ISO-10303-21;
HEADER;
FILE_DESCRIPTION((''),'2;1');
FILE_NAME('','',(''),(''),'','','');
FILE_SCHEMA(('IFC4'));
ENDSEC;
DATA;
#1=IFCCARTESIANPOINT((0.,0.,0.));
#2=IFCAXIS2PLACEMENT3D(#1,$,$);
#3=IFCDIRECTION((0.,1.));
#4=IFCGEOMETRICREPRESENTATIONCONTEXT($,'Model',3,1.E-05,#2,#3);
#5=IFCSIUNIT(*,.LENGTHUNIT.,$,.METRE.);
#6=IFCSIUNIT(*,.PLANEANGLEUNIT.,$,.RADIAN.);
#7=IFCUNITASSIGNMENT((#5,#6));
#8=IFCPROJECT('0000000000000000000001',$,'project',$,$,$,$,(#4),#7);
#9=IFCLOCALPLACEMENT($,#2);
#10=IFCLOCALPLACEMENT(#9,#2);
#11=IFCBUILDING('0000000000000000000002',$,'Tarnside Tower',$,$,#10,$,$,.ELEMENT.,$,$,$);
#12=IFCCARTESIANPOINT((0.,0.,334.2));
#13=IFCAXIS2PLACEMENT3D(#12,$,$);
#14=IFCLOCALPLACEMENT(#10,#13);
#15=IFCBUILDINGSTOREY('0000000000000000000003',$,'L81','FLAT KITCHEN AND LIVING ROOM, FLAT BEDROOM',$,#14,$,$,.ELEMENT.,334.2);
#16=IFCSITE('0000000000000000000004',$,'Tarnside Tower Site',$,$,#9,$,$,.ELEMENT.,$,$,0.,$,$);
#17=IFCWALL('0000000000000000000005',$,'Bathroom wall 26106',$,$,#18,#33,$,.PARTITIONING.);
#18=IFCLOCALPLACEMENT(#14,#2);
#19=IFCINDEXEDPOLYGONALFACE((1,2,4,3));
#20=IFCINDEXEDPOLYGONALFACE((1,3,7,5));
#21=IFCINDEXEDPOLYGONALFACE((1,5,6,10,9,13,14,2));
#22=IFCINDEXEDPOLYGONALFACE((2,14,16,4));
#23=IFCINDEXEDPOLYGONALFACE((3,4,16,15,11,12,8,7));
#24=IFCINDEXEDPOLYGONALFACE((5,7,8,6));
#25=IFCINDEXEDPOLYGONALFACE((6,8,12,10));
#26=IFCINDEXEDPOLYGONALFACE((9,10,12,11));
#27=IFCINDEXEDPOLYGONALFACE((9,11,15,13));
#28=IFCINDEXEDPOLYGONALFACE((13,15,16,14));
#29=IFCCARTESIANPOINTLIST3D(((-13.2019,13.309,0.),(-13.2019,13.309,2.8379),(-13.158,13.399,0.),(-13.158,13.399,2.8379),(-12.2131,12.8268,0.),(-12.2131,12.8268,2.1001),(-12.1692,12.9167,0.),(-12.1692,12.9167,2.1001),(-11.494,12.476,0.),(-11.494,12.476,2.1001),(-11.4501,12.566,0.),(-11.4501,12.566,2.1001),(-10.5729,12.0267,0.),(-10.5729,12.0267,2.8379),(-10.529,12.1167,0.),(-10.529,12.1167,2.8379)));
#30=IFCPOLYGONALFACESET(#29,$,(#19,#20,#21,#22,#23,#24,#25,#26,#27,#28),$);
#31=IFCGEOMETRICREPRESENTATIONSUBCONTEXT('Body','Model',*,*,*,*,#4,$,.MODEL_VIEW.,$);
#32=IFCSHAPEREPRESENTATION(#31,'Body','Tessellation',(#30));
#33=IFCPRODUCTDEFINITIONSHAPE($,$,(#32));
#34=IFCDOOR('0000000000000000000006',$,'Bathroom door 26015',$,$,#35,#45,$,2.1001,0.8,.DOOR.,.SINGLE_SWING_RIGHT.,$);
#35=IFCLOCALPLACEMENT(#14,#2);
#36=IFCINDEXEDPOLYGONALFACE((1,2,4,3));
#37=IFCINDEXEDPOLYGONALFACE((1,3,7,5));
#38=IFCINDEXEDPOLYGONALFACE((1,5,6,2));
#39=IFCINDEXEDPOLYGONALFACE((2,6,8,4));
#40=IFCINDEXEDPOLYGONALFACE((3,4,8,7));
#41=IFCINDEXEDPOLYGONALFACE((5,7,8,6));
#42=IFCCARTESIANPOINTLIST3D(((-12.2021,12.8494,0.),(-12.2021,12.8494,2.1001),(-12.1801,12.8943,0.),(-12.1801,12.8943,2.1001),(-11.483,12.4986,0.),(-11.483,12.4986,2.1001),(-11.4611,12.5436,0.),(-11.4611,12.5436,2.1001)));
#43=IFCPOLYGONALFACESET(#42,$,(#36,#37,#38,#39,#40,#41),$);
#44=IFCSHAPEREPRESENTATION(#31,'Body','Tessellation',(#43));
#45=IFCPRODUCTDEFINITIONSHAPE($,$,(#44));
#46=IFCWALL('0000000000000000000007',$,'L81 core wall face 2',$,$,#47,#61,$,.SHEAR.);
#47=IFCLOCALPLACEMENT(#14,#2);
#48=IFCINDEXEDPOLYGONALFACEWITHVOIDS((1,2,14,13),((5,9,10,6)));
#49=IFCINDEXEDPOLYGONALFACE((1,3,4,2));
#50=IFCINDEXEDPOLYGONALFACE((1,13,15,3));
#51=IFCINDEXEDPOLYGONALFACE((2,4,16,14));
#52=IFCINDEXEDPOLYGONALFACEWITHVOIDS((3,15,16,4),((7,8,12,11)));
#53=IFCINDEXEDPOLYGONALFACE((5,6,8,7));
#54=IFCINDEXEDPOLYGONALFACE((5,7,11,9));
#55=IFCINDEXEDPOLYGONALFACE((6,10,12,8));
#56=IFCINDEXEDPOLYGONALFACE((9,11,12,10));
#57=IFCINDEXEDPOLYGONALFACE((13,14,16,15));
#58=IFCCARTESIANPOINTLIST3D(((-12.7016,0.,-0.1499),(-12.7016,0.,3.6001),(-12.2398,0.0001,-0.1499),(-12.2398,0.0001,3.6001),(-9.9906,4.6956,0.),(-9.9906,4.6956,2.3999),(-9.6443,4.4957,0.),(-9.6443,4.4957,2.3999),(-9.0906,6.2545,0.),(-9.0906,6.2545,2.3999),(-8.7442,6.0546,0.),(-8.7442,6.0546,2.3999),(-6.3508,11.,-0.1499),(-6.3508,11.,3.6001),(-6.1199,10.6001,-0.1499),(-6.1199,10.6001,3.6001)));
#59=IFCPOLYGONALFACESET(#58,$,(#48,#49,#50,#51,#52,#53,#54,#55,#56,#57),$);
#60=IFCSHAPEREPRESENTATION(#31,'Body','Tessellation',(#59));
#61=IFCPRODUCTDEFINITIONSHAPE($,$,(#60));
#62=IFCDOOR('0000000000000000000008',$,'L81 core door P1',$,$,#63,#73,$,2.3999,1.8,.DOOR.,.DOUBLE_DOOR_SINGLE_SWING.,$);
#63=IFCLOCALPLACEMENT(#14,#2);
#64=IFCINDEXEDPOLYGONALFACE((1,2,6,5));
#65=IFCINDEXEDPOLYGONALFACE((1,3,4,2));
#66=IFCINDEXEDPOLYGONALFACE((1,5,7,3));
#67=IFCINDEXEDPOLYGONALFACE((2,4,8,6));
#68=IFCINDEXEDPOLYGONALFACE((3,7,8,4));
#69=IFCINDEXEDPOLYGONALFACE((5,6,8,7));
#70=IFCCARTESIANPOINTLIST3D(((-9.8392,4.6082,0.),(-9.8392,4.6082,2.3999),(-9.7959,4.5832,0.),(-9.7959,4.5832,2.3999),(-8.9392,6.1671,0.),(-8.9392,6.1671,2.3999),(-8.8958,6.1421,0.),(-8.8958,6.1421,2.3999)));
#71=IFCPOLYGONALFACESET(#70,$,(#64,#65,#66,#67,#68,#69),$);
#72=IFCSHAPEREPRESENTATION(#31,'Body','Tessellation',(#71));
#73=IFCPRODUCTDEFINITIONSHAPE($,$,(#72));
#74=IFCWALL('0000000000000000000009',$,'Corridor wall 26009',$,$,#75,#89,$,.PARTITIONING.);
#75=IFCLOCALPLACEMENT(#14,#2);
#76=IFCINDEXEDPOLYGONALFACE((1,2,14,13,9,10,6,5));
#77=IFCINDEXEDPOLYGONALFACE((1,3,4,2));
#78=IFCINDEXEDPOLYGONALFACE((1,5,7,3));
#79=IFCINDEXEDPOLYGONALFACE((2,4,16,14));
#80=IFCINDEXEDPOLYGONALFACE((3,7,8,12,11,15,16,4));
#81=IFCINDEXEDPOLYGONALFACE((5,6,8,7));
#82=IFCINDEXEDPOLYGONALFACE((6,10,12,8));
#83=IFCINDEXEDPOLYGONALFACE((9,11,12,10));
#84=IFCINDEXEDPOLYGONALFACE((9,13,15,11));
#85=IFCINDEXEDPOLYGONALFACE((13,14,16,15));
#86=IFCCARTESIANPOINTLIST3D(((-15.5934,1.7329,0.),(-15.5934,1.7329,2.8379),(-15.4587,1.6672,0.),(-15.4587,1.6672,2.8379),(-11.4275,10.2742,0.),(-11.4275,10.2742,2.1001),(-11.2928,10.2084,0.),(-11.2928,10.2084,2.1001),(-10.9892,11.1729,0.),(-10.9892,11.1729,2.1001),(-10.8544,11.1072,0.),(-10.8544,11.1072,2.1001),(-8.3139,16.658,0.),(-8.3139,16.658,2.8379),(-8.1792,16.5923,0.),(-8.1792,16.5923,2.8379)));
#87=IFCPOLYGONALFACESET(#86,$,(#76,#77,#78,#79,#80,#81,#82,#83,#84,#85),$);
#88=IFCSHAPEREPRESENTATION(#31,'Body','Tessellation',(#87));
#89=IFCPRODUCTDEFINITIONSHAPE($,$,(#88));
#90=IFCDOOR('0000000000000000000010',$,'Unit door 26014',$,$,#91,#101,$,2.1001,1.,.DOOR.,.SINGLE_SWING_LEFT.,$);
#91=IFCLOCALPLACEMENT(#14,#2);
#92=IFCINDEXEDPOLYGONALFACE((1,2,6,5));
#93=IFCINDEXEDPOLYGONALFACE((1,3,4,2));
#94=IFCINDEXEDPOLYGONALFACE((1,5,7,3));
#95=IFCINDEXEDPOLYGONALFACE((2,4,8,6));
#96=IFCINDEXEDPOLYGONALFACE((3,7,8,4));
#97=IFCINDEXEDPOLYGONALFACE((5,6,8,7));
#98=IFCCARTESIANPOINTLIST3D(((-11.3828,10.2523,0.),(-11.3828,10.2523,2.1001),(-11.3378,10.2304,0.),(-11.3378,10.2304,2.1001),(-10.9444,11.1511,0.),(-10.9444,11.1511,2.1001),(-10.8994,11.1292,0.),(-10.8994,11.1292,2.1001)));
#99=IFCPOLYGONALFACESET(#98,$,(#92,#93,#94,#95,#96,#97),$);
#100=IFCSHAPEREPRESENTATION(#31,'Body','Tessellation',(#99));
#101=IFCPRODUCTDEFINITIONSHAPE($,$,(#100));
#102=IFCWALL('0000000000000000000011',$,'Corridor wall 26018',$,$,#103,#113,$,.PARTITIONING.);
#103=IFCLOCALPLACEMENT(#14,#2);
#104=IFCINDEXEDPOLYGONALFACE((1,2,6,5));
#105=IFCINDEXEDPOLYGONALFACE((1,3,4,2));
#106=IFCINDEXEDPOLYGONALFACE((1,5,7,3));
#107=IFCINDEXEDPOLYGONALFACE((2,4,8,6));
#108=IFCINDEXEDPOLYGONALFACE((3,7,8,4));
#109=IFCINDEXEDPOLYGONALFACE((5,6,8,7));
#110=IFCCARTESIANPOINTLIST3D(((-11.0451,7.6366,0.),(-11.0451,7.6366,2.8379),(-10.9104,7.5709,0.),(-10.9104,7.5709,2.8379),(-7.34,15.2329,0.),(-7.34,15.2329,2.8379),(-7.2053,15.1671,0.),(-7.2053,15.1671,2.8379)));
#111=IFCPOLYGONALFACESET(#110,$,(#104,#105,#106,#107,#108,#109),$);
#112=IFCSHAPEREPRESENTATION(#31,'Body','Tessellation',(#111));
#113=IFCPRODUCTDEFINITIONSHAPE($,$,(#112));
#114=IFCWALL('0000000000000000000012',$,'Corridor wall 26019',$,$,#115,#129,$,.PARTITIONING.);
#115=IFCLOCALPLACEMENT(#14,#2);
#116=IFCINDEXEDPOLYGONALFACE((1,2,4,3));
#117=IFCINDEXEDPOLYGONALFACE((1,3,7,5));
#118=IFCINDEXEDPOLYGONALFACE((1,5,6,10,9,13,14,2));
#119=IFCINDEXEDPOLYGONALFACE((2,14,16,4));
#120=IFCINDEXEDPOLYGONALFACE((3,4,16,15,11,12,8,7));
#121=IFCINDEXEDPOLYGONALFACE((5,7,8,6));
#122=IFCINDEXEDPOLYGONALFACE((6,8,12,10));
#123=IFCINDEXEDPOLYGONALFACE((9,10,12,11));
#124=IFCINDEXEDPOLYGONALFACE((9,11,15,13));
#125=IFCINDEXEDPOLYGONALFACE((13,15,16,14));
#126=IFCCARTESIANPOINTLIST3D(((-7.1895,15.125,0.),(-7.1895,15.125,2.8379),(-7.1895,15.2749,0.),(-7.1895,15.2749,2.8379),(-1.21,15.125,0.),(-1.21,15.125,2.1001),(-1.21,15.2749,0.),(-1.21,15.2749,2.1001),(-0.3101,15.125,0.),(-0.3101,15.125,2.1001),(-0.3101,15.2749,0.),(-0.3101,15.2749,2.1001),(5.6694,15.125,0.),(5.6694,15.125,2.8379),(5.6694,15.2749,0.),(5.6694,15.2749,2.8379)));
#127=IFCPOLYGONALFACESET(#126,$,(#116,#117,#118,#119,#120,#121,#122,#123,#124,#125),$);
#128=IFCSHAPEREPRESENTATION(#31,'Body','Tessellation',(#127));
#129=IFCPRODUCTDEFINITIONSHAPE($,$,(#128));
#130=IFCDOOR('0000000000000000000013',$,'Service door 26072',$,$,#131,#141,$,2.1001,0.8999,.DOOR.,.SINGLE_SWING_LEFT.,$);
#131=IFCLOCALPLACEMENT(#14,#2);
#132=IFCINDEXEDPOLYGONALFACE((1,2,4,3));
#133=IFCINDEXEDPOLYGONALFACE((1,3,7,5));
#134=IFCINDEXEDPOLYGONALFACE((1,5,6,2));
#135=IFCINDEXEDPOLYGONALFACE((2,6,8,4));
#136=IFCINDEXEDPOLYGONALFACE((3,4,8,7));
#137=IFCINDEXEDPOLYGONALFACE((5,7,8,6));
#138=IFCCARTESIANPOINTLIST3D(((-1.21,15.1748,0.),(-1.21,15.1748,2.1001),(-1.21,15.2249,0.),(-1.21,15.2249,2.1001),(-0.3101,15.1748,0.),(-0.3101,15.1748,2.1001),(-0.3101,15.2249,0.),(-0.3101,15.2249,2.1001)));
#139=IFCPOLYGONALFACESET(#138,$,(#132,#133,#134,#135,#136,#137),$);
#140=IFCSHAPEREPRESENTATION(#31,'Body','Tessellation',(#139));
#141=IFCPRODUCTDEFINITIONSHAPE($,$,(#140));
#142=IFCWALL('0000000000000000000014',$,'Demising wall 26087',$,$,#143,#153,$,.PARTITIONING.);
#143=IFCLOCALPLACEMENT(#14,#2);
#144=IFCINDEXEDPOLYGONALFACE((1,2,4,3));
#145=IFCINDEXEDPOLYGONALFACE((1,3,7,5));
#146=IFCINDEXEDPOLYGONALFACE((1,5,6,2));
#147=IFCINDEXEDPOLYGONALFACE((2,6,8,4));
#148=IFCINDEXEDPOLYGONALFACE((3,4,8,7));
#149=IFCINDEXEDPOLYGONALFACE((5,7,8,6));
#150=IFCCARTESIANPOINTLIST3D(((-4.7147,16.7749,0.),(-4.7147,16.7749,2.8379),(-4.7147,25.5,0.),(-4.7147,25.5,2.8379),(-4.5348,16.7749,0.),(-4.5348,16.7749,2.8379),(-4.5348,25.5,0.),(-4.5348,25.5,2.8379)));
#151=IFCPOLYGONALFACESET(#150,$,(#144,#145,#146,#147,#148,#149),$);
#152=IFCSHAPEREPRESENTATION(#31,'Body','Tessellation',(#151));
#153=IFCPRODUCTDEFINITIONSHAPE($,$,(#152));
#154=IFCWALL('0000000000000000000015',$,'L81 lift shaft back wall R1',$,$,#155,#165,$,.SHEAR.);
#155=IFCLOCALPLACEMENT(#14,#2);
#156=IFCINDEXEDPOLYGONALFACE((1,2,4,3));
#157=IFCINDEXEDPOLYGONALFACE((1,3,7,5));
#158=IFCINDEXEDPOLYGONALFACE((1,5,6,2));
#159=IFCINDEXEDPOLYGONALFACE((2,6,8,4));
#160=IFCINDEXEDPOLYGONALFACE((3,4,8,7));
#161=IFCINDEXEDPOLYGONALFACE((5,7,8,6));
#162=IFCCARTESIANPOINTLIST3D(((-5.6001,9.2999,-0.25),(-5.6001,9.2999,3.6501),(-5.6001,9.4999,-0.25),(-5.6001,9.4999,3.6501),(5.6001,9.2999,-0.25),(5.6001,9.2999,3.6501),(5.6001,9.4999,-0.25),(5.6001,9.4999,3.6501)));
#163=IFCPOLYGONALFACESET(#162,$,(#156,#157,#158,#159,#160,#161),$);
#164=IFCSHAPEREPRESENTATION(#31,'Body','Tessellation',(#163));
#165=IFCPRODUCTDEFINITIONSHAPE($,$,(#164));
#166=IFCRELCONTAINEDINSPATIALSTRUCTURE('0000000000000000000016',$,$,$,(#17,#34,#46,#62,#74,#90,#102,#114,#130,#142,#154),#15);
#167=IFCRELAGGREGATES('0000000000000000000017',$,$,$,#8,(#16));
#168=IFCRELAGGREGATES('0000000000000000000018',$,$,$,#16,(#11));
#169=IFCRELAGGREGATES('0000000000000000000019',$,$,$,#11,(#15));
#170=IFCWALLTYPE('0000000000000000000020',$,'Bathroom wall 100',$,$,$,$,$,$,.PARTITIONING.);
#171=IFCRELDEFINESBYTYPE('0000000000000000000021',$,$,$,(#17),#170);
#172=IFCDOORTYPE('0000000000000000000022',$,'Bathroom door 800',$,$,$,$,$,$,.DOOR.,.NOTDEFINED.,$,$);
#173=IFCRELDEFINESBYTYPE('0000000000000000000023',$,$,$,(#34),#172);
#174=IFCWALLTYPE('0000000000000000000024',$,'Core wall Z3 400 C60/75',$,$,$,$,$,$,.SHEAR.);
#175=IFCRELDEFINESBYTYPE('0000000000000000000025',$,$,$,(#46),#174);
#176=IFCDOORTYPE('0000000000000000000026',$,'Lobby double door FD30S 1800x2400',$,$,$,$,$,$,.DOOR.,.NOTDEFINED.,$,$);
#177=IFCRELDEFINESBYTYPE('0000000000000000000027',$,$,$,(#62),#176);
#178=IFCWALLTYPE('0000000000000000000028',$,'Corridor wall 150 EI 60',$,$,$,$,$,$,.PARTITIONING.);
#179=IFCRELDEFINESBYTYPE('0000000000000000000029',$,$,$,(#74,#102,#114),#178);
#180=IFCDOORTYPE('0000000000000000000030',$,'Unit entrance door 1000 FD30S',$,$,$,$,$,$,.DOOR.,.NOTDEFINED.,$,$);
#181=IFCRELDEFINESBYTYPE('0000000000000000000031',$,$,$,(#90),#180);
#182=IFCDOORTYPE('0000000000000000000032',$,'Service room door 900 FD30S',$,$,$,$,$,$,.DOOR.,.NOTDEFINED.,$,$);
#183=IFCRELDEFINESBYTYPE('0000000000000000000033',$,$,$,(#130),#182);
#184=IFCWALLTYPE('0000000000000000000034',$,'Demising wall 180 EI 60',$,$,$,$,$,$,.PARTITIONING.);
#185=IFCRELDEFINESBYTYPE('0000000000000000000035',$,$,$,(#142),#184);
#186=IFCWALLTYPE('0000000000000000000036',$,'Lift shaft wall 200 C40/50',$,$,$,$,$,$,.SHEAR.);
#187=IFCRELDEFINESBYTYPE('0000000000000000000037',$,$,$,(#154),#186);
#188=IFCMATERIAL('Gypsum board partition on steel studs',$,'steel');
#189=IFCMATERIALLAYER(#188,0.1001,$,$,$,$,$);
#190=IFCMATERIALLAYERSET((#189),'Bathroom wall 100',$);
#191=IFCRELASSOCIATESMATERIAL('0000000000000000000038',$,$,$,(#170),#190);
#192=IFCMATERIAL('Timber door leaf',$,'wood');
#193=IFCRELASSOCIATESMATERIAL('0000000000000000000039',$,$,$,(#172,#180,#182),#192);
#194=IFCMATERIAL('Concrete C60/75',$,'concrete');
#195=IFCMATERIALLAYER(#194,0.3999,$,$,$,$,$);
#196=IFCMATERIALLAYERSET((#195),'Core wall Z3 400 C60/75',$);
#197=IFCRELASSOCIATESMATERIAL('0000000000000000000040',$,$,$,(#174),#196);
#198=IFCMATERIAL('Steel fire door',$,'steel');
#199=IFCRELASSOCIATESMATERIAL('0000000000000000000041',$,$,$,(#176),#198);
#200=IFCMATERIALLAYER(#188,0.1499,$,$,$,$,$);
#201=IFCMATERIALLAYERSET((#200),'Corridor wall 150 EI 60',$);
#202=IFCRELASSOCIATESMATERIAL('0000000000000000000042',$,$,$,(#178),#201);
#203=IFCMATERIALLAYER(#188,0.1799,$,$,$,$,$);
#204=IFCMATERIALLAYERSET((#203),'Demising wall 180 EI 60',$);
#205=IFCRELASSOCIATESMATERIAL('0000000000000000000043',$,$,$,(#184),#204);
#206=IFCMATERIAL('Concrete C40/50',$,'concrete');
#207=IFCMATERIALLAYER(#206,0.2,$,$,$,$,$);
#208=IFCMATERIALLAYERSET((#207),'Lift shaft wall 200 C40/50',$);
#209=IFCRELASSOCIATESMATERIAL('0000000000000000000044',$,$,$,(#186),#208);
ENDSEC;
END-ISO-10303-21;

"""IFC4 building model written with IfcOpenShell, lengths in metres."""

from ifc_helpers import new_model, si_unit, direction, frame, frame_2d, origin, place, context, subcontext, project, spatial, polyline, rectangle, outline, extrude, material, layer, layer_set, type_object, element, fill, save


model = new_model("IFC4")

# Units and contexts
model_context = context("Model", 3, precision=1e-05, world=origin(), true_north=direction((0.0, 1.0)))
body_context = subcontext(model_context, "Body", "Model", "MODEL_VIEW")
ifc_project = project(units=[si_unit("LENGTHUNIT", "METRE"), si_unit("PLANEANGLEUNIT", "RADIAN")], contexts=[model_context])

# Site, building, storey
site_placement = place(None, origin())
site = spatial("IfcSite", under=ifc_project, at=site_placement, Name="Tarnside Tower Site", CompositionType="ELEMENT", RefElevation=0.0)
building_placement = place(site_placement, origin())
building = spatial("IfcBuilding", under=site, at=building_placement, Name="Tarnside Tower", CompositionType="ELEMENT")
storey_placement = place(building_placement, frame((0.0, 0.0, 334.2)))
storey = spatial("IfcBuildingStorey", under=building, at=storey_placement, Name="L81", Description="FLAT KITCHEN AND LIVING ROOM, FLAT BEDROOM", CompositionType="ELEMENT", Elevation=334.2)

# Shared definitions
ifc_material_1 = material(Name="Gypsum board partition on steel studs", Category="steel")
ifc_layer_1 = layer(ifc_material_1, 0.1001)
ifc_layer_set_1 = layer_set([ifc_layer_1], Name="Bathroom wall 100")
wall_type_1 = type_object("IfcWallType", Name="Bathroom wall 100", PredefinedType="PARTITIONING", material=ifc_layer_set_1)
ifc_material_2 = material(Name="Timber door leaf", Category="wood")
door_type_1 = type_object("IfcDoorType", Name="Bathroom door 800", OperationType="NOTDEFINED", PredefinedType="DOOR", material=ifc_material_2)

# Walls, openings, doors
wall_1_placement = place(storey_placement, frame((-10.551, 12.0718, 0.0), z_axis=(0.0, 0.0, 1.0), x_axis=(-0.898791, 0.438378, 0.0)))
wall_1 = element("IfcWall", 1, at=wall_1_placement, inside=storey, type_object=wall_type_1, Name="Bathroom wall 26106", PredefinedType="PARTITIONING", context=body_context, shape_type="SweptSolid", body=[
    extrude(rectangle(XDim=2.925, YDim=0.1001, at=frame_2d((1.4624, 0.0))), origin(), (0.0, 0.0, 1.0), 2.8379),
])
opening_1_placement = place(wall_1_placement, frame((1.0249, 0.0, 0.0)))
opening_1 = element("IfcOpeningElement", 2, at=opening_1_placement, cuts=wall_1, PredefinedType="OPENING", context=body_context, shape_type="SweptSolid", body=[
    extrude(rectangle(XDim=0.8, YDim=2.1001, at=frame_2d((0.3999, 1.05))), frame((0.0, 0.0601, 0.0), z_axis=(0.0, -1.0, 0.0), x_axis=(1.0, 0.0, 0.0)), (0.0, 0.0, 1.0), 0.1201),
])
door_1_placement = place(opening_1_placement, origin())
door_1 = element("IfcDoor", 3, at=door_1_placement, inside=storey, type_object=door_type_1, Name="Bathroom door 26015", OperationType="SINGLE_SWING_RIGHT", OverallHeight=2.1001, OverallWidth=0.8, PredefinedType="DOOR", context=body_context, shape_type="SweptSolid", body=[
    extrude(rectangle(XDim=0.8, YDim=2.1001, at=frame_2d((0.3999, 1.05))), frame((0.0, 0.0249, 0.0), z_axis=(0.0, -1.0, 0.0), x_axis=(1.0, 0.0, 0.0)), (0.0, 0.0, 1.0), 0.05),
])
fill(opening_1, door_1)
ifc_material_3 = material(Name="Concrete C60/75", Category="concrete")
ifc_layer_2 = layer(ifc_material_3, 0.3999)
ifc_layer_set_2 = layer_set([ifc_layer_2], Name="Core wall Z3 400 C60/75")
wall_type_2 = type_object("IfcWallType", Name="Core wall Z3 400 C60/75", PredefinedType="SHEAR", material=ifc_layer_set_2)
wall_2_placement = place(storey_placement, frame((-6.2354, 10.8, -0.1499), z_axis=(0.0, 0.0, 1.0), x_axis=(-0.499996, -0.866027, 0.0)))
wall_2 = element("IfcWall", 4, at=wall_2_placement, inside=storey, type_object=wall_type_2, Name="L81 core wall face 2", PredefinedType="SHEAR", context=body_context, shape_type="SweptSolid", body=[
    extrude(outline(polyline([(-0.1155, -0.2), (12.5862, -0.2), (12.3552, 0.2), (0.1155, 0.2), (-0.1155, -0.2)])), origin(), (0.0, 0.0, 1.0), 3.75),
])
opening_2_placement = place(wall_2_placement, frame((5.3643, 0.0, 0.1499)))
opening_2 = element("IfcOpeningElement", 5, at=opening_2_placement, cuts=wall_2, PredefinedType="OPENING", context=body_context, shape_type="SweptSolid", body=[
    extrude(rectangle(XDim=1.8, YDim=2.3999, at=frame_2d((0.8999, 1.2))), frame((0.0, 0.21, 0.0), z_axis=(0.0, -1.0, 0.0), x_axis=(1.0, 0.0, 0.0)), (0.0, 0.0, 1.0), 0.4199),
])
ifc_material_4 = material(Name="Steel fire door", Category="steel")
door_type_2 = type_object("IfcDoorType", Name="Lobby double door FD30S 1800x2400", OperationType="NOTDEFINED", PredefinedType="DOOR", material=ifc_material_4)
door_2_placement = place(opening_2_placement, origin())
door_2 = element("IfcDoor", 6, at=door_2_placement, inside=storey, type_object=door_type_2, Name="L81 core door P1", OperationType="DOUBLE_DOOR_SINGLE_SWING", OverallHeight=2.3999, OverallWidth=1.8, PredefinedType="DOOR", context=body_context, shape_type="SweptSolid", body=[
    extrude(rectangle(XDim=1.8, YDim=2.3999, at=frame_2d((0.8999, 1.2))), frame((0.0, 0.0249, 0.0), z_axis=(0.0, -1.0, 0.0), x_axis=(1.0, 0.0, 0.0)), (0.0, 0.0, 1.0), 0.05),
])
fill(opening_2, door_2)
ifc_layer_3 = layer(ifc_material_1, 0.1499)
ifc_layer_set_3 = layer_set([ifc_layer_3], Name="Corridor wall 150 EI 60")
wall_type_3 = type_object("IfcWallType", Name="Corridor wall 150 EI 60", PredefinedType="PARTITIONING", material=ifc_layer_set_3)
wall_3_placement = place(storey_placement, frame((-8.2466, 16.625, 0.0), z_axis=(0.0, 0.0, 1.0), x_axis=(-0.438376, -0.898791, 0.0)))
wall_3 = element("IfcWall", 7, at=wall_3_placement, inside=storey, type_object=wall_type_3, Name="Corridor wall 26009", PredefinedType="PARTITIONING", context=body_context, shape_type="SweptSolid", body=[
    extrude(rectangle(XDim=16.6057, YDim=0.1499, at=frame_2d((8.3027, 0.0))), origin(), (0.0, 0.0, 1.0), 2.8379),
])
opening_3_placement = place(wall_3_placement, frame((6.1025, 0.0, 0.0)))
opening_3 = element("IfcOpeningElement", 8, at=opening_3_placement, cuts=wall_3, PredefinedType="OPENING", context=body_context, shape_type="SweptSolid", body=[
    extrude(rectangle(XDim=1.0, YDim=2.1001, at=frame_2d((0.5, 1.05))), frame((0.0, 0.085, 0.0), z_axis=(0.0, -1.0, 0.0), x_axis=(1.0, 0.0, 0.0)), (0.0, 0.0, 1.0), 0.1699),
])
door_type_3 = type_object("IfcDoorType", Name="Unit entrance door 1000 FD30S", OperationType="NOTDEFINED", PredefinedType="DOOR", material=ifc_material_2)
door_3_placement = place(opening_3_placement, origin())
door_3 = element("IfcDoor", 9, at=door_3_placement, inside=storey, type_object=door_type_3, Name="Unit door 26014", OperationType="SINGLE_SWING_LEFT", OverallHeight=2.1001, OverallWidth=1.0, PredefinedType="DOOR", context=body_context, shape_type="SweptSolid", body=[
    extrude(rectangle(XDim=1.0, YDim=2.1001, at=frame_2d((0.5, 1.05))), frame((0.0, 0.0249, 0.0), z_axis=(0.0, -1.0, 0.0), x_axis=(1.0, 0.0, 0.0)), (0.0, 0.0, 1.0), 0.05),
])
fill(opening_3, door_3)

# Wall
wall_4_placement = place(storey_placement, frame((-10.9778, 7.6038, 0.0), z_axis=(0.0, 0.0, 1.0), x_axis=(0.438387, 0.898786, 0.0)))
element("IfcWall", 10, at=wall_4_placement, inside=storey, type_object=wall_type_3, Name="Corridor wall 26018", PredefinedType="PARTITIONING", context=body_context, shape_type="SweptSolid", body=[
    extrude(rectangle(XDim=8.4517, YDim=0.1499, at=frame_2d((4.2258, 0.0))), origin(), (0.0, 0.0, 1.0), 2.8379),
])

# Wall, opening, door
wall_5_placement = place(storey_placement, frame((-7.1895, 15.2, 0.0), z_axis=(0.0, 0.0, 1.0), x_axis=(1.0, 0.0, 0.0)))
wall_5 = element("IfcWall", 11, at=wall_5_placement, inside=storey, type_object=wall_type_3, Name="Corridor wall 26019", PredefinedType="PARTITIONING", context=body_context, shape_type="SweptSolid", body=[
    extrude(rectangle(XDim=12.8589, YDim=0.1499, at=frame_2d((6.4294, 0.0))), origin(), (0.0, 0.0, 1.0), 2.8379),
])
opening_4_placement = place(wall_5_placement, frame((5.9795, 0.0, 0.0)))
opening_4 = element("IfcOpeningElement", 12, at=opening_4_placement, cuts=wall_5, PredefinedType="OPENING", context=body_context, shape_type="SweptSolid", body=[
    extrude(rectangle(XDim=0.8999, YDim=2.1001, at=frame_2d((0.45, 1.05))), frame((0.0, 0.085, 0.0), z_axis=(0.0, -1.0, 0.0), x_axis=(1.0, 0.0, 0.0)), (0.0, 0.0, 1.0), 0.1699),
])
door_type_4 = type_object("IfcDoorType", Name="Service room door 900 FD30S", OperationType="NOTDEFINED", PredefinedType="DOOR", material=ifc_material_2)
door_4_placement = place(opening_4_placement, origin())
door_4 = element("IfcDoor", 13, at=door_4_placement, inside=storey, type_object=door_type_4, Name="Service door 26072", OperationType="SINGLE_SWING_LEFT", OverallHeight=2.1001, OverallWidth=0.8999, PredefinedType="DOOR", context=body_context, shape_type="SweptSolid", body=[
    extrude(rectangle(XDim=0.8999, YDim=2.1001, at=frame_2d((0.45, 1.05))), frame((0.0, 0.0249, 0.0), z_axis=(0.0, -1.0, 0.0), x_axis=(1.0, 0.0, 0.0)), (0.0, 0.0, 1.0), 0.05),
])
fill(opening_4, door_4)

# Walls
ifc_layer_4 = layer(ifc_material_1, 0.1799)
ifc_layer_set_4 = layer_set([ifc_layer_4], Name="Demising wall 180 EI 60")
wall_type_4 = type_object("IfcWallType", Name="Demising wall 180 EI 60", PredefinedType="PARTITIONING", material=ifc_layer_set_4)
wall_6_placement = place(storey_placement, frame((-4.6248, 25.5, 0.0), z_axis=(0.0, 0.0, 1.0), x_axis=(0.0, -1.0, 0.0)))
element("IfcWall", 14, at=wall_6_placement, inside=storey, type_object=wall_type_4, Name="Demising wall 26087", PredefinedType="PARTITIONING", context=body_context, shape_type="SweptSolid", body=[
    extrude(rectangle(XDim=8.7251, YDim=0.1799, at=frame_2d((4.3625, 0.0))), origin(), (0.0, 0.0, 1.0), 2.8379),
])
ifc_material_5 = material(Name="Concrete C40/50", Category="concrete")
ifc_layer_5 = layer(ifc_material_5, 0.2)
ifc_layer_set_5 = layer_set([ifc_layer_5], Name="Lift shaft wall 200 C40/50")
wall_type_5 = type_object("IfcWallType", Name="Lift shaft wall 200 C40/50", PredefinedType="SHEAR", material=ifc_layer_set_5)
wall_7_placement = place(storey_placement, frame((-5.6001, 9.3999, -0.25), z_axis=(0.0, 0.0, 1.0), x_axis=(1.0, 0.0, 0.0)))
element("IfcWall", 15, at=wall_7_placement, inside=storey, type_object=wall_type_5, Name="L81 lift shaft back wall R1", PredefinedType="SHEAR", context=body_context, shape_type="SweptSolid", body=[
    extrude(rectangle(XDim=11.2002, YDim=0.2, at=frame_2d((5.6001, 0.0))), origin(), (0.0, 0.0, 1.0), 3.9001),
])

save(model, "model.ifc")
